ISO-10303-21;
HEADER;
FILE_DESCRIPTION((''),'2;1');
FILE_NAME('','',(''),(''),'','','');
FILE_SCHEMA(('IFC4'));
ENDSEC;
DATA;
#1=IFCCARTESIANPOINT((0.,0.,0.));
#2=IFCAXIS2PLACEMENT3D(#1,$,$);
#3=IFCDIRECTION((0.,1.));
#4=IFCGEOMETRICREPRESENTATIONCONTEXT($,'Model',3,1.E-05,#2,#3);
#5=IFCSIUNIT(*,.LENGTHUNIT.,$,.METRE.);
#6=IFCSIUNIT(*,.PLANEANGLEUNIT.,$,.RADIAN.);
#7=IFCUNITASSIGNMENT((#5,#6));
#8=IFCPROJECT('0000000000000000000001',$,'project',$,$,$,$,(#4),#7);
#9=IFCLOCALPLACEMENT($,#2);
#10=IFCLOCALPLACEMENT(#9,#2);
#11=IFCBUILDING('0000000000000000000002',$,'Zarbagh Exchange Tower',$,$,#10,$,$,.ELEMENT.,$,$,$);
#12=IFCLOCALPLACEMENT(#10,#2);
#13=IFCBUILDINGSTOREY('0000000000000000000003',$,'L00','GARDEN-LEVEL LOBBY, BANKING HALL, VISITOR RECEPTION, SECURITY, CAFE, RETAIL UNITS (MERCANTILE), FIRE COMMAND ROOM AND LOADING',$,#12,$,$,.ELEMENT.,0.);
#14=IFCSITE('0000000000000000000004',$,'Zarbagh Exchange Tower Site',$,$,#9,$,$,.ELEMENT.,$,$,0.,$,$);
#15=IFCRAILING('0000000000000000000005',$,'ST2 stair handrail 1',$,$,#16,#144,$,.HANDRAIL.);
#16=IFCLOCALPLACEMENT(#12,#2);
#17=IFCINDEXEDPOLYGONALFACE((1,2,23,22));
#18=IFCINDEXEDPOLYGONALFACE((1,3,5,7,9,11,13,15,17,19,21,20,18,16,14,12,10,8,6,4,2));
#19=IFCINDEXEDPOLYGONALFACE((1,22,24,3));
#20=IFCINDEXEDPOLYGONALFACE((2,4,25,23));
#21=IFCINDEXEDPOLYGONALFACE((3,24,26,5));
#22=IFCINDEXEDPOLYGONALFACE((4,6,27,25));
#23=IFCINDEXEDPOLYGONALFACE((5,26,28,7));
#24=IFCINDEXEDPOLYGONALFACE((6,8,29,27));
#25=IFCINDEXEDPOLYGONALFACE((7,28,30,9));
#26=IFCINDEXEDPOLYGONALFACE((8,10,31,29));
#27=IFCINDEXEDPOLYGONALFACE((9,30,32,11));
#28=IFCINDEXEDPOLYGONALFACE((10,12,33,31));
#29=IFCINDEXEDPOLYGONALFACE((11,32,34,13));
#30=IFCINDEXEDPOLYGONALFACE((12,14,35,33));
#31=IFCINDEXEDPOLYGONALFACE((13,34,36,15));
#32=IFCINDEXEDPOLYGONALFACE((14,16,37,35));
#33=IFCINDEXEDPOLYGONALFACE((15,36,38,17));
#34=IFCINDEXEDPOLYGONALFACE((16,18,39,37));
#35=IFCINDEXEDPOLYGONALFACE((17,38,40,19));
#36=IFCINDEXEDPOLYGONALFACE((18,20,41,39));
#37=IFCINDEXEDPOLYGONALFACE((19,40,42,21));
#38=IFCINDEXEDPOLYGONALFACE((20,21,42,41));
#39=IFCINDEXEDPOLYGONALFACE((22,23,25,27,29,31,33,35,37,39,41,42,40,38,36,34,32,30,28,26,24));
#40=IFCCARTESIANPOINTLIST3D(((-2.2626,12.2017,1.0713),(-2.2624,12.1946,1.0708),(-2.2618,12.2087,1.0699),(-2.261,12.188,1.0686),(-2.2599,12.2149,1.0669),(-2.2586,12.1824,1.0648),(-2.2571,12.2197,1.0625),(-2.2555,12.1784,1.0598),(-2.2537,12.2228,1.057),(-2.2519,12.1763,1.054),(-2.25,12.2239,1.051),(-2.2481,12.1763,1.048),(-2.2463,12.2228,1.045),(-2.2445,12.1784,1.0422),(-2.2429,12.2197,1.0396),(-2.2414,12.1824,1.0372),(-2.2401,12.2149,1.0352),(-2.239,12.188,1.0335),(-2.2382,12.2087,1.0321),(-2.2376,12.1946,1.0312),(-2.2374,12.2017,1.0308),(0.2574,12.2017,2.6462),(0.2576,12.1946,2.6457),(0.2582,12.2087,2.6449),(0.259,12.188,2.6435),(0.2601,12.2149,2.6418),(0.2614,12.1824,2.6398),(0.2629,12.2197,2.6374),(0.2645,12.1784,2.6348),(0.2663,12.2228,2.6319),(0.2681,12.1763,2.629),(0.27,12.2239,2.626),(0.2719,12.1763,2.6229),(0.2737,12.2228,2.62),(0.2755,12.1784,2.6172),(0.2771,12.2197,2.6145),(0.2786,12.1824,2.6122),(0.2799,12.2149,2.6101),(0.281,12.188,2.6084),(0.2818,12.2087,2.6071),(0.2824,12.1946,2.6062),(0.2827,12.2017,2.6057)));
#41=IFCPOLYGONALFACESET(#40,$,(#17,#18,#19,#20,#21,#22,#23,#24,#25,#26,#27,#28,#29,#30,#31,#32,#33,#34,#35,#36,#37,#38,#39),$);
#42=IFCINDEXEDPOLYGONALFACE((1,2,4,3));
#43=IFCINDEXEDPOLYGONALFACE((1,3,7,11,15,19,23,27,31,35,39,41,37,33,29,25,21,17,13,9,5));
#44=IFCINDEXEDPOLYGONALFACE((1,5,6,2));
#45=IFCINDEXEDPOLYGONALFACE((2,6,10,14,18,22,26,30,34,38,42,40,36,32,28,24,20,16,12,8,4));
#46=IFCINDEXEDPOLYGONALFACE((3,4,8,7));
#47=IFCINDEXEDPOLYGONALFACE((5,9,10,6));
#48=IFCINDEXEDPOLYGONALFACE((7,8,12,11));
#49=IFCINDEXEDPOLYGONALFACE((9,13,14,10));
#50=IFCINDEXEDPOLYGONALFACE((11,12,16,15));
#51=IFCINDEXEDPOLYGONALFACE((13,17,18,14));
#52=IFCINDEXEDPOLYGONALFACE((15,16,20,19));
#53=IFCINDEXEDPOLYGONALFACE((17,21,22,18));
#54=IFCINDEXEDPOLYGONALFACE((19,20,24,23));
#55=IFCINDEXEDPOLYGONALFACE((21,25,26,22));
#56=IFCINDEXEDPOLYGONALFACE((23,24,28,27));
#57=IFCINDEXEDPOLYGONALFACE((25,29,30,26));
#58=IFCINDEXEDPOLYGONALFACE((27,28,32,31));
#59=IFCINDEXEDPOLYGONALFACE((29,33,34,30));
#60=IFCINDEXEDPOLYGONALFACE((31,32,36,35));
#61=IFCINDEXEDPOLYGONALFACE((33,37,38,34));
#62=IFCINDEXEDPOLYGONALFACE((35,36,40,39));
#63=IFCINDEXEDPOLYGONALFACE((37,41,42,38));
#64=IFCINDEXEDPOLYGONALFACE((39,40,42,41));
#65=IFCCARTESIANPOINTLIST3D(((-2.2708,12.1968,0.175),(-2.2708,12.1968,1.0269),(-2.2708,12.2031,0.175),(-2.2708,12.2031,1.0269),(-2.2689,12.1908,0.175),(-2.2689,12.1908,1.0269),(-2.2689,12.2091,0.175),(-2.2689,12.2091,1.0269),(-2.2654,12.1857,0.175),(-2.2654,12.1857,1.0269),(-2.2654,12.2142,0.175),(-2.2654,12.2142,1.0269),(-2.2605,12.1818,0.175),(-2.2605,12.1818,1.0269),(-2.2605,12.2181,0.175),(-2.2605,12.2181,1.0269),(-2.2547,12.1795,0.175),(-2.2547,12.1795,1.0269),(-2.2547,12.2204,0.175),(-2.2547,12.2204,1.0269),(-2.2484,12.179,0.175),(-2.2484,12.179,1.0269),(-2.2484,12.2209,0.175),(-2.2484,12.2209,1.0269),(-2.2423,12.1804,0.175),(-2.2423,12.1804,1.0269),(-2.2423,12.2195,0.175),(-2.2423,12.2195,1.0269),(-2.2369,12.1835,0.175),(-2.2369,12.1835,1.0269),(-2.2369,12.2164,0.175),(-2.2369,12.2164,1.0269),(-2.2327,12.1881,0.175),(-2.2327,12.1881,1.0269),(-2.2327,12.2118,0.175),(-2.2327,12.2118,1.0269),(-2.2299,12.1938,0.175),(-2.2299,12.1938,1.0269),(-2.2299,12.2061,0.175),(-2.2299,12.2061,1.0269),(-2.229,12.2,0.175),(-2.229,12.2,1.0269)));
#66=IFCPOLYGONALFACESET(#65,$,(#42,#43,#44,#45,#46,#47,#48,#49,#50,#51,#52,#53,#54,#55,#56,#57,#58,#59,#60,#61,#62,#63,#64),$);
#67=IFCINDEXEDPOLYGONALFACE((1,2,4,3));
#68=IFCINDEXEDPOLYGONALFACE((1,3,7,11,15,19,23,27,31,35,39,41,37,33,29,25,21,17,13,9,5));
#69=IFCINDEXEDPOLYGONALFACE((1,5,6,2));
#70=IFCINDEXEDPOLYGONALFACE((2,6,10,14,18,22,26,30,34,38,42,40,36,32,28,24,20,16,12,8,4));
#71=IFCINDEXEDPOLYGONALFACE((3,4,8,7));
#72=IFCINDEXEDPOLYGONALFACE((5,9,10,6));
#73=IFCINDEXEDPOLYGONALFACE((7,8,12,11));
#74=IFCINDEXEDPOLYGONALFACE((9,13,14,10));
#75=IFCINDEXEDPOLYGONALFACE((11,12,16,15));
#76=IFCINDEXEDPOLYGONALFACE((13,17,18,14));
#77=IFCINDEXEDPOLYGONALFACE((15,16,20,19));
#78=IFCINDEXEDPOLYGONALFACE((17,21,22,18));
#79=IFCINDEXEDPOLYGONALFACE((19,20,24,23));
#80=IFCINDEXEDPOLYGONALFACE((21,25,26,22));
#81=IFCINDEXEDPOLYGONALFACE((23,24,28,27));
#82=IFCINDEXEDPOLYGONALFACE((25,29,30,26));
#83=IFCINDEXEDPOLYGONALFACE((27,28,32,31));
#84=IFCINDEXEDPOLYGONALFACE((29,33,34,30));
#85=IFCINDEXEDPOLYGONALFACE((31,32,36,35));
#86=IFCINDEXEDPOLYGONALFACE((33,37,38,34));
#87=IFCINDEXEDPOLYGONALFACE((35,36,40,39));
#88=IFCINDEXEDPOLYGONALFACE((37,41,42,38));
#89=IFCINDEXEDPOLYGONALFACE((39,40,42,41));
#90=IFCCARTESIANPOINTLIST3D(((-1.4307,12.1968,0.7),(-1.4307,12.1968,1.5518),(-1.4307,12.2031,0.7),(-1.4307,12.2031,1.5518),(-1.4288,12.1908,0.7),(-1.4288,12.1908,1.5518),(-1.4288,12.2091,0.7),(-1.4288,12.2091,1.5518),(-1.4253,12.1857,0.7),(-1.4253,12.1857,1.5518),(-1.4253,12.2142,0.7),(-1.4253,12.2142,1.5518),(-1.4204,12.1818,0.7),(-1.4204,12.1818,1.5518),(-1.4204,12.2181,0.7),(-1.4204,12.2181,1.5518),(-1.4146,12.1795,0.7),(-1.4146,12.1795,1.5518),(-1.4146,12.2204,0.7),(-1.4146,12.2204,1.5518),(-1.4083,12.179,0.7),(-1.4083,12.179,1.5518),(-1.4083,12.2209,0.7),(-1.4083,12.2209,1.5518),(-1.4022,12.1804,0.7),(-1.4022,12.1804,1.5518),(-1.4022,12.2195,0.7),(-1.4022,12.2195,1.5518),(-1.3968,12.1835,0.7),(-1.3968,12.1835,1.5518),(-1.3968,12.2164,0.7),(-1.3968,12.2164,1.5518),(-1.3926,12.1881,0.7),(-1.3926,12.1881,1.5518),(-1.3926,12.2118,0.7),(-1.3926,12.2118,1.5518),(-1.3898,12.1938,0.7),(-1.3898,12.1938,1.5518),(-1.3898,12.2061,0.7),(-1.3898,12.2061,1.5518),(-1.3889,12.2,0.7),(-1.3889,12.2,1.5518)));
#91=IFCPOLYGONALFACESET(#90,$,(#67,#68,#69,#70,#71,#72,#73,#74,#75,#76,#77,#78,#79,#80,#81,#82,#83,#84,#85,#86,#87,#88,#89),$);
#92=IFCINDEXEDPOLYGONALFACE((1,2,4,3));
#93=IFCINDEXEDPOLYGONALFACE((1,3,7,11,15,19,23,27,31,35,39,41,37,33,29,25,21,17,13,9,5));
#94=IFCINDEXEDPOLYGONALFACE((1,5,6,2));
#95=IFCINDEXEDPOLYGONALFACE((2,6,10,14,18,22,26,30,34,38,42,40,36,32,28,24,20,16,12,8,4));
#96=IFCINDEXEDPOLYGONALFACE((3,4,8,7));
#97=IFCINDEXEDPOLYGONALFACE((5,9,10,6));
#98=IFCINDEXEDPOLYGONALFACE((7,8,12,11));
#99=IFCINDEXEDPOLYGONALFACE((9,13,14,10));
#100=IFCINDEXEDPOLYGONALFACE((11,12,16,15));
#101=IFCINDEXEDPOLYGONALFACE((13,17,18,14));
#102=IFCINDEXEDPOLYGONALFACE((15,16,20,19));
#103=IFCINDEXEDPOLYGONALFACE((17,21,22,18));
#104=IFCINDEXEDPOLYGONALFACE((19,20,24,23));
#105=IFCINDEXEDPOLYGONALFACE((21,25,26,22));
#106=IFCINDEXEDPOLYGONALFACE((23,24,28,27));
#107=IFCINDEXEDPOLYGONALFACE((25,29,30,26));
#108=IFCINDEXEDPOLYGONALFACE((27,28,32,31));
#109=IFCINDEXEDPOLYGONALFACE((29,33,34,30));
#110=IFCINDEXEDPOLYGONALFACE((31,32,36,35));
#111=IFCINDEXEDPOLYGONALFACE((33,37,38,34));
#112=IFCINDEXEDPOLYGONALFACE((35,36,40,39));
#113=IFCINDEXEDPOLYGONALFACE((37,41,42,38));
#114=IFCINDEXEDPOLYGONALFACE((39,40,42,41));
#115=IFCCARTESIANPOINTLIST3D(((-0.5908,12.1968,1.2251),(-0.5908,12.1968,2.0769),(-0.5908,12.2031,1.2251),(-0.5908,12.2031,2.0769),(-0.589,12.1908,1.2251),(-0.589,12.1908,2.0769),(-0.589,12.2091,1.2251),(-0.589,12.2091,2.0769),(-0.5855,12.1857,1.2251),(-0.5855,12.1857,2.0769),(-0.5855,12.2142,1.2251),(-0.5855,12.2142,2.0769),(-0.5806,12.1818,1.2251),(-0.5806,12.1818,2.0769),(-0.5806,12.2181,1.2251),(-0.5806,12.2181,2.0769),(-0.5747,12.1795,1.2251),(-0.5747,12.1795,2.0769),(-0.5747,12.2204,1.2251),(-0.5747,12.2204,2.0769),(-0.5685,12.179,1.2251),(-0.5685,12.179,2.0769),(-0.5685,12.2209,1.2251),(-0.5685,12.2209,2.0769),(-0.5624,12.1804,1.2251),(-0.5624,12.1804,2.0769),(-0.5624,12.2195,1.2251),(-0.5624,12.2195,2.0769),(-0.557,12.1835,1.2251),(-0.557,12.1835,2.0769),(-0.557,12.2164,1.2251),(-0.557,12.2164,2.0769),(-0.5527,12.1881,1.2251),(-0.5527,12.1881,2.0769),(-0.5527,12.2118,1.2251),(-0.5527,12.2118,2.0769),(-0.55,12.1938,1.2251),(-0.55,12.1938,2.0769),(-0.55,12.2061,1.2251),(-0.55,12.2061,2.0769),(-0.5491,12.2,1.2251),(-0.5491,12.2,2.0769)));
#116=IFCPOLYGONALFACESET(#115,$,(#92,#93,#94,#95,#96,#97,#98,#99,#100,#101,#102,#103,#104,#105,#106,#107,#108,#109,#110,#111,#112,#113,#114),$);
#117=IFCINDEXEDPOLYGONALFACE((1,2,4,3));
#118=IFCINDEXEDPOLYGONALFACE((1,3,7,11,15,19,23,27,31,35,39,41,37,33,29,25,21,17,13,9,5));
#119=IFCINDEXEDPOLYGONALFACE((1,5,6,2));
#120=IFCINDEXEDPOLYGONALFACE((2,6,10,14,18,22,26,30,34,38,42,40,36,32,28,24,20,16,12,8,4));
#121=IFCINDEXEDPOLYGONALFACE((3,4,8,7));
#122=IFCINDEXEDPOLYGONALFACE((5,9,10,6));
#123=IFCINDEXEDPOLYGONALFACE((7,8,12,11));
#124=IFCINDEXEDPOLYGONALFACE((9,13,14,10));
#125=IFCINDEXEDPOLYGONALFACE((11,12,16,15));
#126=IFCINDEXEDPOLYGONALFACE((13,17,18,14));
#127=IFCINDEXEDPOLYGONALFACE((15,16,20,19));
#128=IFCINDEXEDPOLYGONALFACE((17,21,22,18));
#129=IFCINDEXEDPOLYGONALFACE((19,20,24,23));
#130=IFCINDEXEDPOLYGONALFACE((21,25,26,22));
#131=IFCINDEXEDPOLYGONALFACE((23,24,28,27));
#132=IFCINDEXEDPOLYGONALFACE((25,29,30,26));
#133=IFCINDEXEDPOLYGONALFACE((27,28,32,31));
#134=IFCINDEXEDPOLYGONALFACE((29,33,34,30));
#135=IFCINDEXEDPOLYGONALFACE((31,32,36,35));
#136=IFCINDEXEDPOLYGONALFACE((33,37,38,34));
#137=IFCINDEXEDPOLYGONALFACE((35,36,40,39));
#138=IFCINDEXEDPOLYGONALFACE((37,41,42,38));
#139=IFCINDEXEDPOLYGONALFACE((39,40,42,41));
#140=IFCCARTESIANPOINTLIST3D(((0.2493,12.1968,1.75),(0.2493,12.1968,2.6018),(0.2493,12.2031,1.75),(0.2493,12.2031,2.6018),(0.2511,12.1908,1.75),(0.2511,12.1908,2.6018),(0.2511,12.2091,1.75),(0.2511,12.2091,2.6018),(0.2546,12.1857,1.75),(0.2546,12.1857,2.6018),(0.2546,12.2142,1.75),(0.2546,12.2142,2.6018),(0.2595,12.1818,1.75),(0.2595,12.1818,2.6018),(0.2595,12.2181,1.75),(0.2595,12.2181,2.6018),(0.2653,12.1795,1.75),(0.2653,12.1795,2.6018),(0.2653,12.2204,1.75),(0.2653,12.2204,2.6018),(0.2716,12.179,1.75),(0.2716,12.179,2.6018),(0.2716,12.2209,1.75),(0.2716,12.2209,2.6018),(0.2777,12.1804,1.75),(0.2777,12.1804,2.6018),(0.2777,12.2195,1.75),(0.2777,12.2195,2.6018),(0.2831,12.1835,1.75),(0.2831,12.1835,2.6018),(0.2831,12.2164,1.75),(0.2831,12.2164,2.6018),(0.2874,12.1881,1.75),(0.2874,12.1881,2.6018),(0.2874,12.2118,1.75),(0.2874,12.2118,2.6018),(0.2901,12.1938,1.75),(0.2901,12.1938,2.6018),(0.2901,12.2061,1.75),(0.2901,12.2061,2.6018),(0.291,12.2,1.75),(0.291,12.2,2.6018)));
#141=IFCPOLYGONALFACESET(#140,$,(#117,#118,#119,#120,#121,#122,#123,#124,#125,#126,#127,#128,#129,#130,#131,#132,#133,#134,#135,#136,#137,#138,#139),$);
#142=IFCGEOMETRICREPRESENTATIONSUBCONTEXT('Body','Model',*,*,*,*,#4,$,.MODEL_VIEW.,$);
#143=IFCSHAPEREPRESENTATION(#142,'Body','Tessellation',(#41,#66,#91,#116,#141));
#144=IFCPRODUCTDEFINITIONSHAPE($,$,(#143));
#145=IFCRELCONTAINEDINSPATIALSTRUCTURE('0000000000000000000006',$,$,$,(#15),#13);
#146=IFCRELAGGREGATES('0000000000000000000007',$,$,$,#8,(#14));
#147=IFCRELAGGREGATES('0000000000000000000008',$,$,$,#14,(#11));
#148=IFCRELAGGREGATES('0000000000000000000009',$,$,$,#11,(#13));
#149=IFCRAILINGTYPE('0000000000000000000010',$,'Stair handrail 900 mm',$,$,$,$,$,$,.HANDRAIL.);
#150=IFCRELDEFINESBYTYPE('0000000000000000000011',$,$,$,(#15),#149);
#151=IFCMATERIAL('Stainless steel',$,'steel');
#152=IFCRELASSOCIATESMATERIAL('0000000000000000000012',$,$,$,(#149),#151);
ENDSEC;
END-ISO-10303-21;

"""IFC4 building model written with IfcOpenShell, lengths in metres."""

from ifc_helpers import new_model, si_unit, direction, frame, origin, origin_2d, place, context, subcontext, project, spatial, circle, extrude, material, type_object, element, save


model = new_model("IFC4")

# Units and contexts
model_context = context("Model", 3, precision=1e-05, world=origin(), true_north=direction((0.0, 1.0)))
body_context = subcontext(model_context, "Body", "Model", "MODEL_VIEW")
ifc_project = project(units=[si_unit("LENGTHUNIT", "METRE"), si_unit("PLANEANGLEUNIT", "RADIAN")], contexts=[model_context])

# Site, building, storey
site_placement = place(None, origin())
site = spatial("IfcSite", under=ifc_project, at=site_placement, Name="Zarbagh Exchange Tower Site", CompositionType="ELEMENT", RefElevation=0.0)
building_placement = place(site_placement, origin())
building = spatial("IfcBuilding", under=site, at=building_placement, Name="Zarbagh Exchange Tower", CompositionType="ELEMENT")
storey_placement = place(building_placement, origin())
storey = spatial("IfcBuildingStorey", under=building, at=storey_placement, Name="L00", Description="GARDEN-LEVEL LOBBY, BANKING HALL, VISITOR RECEPTION, SECURITY, CAFE, RETAIL UNITS (MERCANTILE), FIRE COMMAND ROOM AND LOADING", CompositionType="ELEMENT", Elevation=0.0)

# Railing
ifc_material_1 = material(Name="Stainless steel", Category="steel")
railing_type_1 = type_object("IfcRailingType", Name="Stair handrail 900 mm", PredefinedType="HANDRAIL", material=ifc_material_1)
for number, where, name in (
    (1, (-2.25, 12.2, 0.175), "ST2 stair handrail 1"),
):
    element("IfcRailing", number, at=place(storey_placement, frame(where)), inside=storey, type_object=railing_type_1, Name=name, PredefinedType="HANDRAIL", context=body_context, shape_type="SweptSolid", body=[
        extrude(circle(Radius=0.0239, at=origin_2d()), frame((0.0, 0.0, 0.876), z_axis=(0.848008, 0.0, 0.529984), x_axis=(0.0, 1.0, 0.0)), (0.0, 0.0, 1.0), 2.9717),
        extrude(circle(Radius=0.021, at=origin_2d()), origin(), (0.0, 0.0, 1.0), 0.8518),
        extrude(circle(Radius=0.021, at=origin_2d()), frame((0.8401, 0.0, 0.5249)), (0.0, 0.0, 1.0), 0.8518),
        extrude(circle(Radius=0.021, at=origin_2d()), frame((1.6799, 0.0, 1.05)), (0.0, 0.0, 1.0), 0.8518),
        extrude(circle(Radius=0.021, at=origin_2d()), frame((2.52, 0.0, 1.575)), (0.0, 0.0, 1.0), 0.8518),
    ])

save(model, "model.ifc")
